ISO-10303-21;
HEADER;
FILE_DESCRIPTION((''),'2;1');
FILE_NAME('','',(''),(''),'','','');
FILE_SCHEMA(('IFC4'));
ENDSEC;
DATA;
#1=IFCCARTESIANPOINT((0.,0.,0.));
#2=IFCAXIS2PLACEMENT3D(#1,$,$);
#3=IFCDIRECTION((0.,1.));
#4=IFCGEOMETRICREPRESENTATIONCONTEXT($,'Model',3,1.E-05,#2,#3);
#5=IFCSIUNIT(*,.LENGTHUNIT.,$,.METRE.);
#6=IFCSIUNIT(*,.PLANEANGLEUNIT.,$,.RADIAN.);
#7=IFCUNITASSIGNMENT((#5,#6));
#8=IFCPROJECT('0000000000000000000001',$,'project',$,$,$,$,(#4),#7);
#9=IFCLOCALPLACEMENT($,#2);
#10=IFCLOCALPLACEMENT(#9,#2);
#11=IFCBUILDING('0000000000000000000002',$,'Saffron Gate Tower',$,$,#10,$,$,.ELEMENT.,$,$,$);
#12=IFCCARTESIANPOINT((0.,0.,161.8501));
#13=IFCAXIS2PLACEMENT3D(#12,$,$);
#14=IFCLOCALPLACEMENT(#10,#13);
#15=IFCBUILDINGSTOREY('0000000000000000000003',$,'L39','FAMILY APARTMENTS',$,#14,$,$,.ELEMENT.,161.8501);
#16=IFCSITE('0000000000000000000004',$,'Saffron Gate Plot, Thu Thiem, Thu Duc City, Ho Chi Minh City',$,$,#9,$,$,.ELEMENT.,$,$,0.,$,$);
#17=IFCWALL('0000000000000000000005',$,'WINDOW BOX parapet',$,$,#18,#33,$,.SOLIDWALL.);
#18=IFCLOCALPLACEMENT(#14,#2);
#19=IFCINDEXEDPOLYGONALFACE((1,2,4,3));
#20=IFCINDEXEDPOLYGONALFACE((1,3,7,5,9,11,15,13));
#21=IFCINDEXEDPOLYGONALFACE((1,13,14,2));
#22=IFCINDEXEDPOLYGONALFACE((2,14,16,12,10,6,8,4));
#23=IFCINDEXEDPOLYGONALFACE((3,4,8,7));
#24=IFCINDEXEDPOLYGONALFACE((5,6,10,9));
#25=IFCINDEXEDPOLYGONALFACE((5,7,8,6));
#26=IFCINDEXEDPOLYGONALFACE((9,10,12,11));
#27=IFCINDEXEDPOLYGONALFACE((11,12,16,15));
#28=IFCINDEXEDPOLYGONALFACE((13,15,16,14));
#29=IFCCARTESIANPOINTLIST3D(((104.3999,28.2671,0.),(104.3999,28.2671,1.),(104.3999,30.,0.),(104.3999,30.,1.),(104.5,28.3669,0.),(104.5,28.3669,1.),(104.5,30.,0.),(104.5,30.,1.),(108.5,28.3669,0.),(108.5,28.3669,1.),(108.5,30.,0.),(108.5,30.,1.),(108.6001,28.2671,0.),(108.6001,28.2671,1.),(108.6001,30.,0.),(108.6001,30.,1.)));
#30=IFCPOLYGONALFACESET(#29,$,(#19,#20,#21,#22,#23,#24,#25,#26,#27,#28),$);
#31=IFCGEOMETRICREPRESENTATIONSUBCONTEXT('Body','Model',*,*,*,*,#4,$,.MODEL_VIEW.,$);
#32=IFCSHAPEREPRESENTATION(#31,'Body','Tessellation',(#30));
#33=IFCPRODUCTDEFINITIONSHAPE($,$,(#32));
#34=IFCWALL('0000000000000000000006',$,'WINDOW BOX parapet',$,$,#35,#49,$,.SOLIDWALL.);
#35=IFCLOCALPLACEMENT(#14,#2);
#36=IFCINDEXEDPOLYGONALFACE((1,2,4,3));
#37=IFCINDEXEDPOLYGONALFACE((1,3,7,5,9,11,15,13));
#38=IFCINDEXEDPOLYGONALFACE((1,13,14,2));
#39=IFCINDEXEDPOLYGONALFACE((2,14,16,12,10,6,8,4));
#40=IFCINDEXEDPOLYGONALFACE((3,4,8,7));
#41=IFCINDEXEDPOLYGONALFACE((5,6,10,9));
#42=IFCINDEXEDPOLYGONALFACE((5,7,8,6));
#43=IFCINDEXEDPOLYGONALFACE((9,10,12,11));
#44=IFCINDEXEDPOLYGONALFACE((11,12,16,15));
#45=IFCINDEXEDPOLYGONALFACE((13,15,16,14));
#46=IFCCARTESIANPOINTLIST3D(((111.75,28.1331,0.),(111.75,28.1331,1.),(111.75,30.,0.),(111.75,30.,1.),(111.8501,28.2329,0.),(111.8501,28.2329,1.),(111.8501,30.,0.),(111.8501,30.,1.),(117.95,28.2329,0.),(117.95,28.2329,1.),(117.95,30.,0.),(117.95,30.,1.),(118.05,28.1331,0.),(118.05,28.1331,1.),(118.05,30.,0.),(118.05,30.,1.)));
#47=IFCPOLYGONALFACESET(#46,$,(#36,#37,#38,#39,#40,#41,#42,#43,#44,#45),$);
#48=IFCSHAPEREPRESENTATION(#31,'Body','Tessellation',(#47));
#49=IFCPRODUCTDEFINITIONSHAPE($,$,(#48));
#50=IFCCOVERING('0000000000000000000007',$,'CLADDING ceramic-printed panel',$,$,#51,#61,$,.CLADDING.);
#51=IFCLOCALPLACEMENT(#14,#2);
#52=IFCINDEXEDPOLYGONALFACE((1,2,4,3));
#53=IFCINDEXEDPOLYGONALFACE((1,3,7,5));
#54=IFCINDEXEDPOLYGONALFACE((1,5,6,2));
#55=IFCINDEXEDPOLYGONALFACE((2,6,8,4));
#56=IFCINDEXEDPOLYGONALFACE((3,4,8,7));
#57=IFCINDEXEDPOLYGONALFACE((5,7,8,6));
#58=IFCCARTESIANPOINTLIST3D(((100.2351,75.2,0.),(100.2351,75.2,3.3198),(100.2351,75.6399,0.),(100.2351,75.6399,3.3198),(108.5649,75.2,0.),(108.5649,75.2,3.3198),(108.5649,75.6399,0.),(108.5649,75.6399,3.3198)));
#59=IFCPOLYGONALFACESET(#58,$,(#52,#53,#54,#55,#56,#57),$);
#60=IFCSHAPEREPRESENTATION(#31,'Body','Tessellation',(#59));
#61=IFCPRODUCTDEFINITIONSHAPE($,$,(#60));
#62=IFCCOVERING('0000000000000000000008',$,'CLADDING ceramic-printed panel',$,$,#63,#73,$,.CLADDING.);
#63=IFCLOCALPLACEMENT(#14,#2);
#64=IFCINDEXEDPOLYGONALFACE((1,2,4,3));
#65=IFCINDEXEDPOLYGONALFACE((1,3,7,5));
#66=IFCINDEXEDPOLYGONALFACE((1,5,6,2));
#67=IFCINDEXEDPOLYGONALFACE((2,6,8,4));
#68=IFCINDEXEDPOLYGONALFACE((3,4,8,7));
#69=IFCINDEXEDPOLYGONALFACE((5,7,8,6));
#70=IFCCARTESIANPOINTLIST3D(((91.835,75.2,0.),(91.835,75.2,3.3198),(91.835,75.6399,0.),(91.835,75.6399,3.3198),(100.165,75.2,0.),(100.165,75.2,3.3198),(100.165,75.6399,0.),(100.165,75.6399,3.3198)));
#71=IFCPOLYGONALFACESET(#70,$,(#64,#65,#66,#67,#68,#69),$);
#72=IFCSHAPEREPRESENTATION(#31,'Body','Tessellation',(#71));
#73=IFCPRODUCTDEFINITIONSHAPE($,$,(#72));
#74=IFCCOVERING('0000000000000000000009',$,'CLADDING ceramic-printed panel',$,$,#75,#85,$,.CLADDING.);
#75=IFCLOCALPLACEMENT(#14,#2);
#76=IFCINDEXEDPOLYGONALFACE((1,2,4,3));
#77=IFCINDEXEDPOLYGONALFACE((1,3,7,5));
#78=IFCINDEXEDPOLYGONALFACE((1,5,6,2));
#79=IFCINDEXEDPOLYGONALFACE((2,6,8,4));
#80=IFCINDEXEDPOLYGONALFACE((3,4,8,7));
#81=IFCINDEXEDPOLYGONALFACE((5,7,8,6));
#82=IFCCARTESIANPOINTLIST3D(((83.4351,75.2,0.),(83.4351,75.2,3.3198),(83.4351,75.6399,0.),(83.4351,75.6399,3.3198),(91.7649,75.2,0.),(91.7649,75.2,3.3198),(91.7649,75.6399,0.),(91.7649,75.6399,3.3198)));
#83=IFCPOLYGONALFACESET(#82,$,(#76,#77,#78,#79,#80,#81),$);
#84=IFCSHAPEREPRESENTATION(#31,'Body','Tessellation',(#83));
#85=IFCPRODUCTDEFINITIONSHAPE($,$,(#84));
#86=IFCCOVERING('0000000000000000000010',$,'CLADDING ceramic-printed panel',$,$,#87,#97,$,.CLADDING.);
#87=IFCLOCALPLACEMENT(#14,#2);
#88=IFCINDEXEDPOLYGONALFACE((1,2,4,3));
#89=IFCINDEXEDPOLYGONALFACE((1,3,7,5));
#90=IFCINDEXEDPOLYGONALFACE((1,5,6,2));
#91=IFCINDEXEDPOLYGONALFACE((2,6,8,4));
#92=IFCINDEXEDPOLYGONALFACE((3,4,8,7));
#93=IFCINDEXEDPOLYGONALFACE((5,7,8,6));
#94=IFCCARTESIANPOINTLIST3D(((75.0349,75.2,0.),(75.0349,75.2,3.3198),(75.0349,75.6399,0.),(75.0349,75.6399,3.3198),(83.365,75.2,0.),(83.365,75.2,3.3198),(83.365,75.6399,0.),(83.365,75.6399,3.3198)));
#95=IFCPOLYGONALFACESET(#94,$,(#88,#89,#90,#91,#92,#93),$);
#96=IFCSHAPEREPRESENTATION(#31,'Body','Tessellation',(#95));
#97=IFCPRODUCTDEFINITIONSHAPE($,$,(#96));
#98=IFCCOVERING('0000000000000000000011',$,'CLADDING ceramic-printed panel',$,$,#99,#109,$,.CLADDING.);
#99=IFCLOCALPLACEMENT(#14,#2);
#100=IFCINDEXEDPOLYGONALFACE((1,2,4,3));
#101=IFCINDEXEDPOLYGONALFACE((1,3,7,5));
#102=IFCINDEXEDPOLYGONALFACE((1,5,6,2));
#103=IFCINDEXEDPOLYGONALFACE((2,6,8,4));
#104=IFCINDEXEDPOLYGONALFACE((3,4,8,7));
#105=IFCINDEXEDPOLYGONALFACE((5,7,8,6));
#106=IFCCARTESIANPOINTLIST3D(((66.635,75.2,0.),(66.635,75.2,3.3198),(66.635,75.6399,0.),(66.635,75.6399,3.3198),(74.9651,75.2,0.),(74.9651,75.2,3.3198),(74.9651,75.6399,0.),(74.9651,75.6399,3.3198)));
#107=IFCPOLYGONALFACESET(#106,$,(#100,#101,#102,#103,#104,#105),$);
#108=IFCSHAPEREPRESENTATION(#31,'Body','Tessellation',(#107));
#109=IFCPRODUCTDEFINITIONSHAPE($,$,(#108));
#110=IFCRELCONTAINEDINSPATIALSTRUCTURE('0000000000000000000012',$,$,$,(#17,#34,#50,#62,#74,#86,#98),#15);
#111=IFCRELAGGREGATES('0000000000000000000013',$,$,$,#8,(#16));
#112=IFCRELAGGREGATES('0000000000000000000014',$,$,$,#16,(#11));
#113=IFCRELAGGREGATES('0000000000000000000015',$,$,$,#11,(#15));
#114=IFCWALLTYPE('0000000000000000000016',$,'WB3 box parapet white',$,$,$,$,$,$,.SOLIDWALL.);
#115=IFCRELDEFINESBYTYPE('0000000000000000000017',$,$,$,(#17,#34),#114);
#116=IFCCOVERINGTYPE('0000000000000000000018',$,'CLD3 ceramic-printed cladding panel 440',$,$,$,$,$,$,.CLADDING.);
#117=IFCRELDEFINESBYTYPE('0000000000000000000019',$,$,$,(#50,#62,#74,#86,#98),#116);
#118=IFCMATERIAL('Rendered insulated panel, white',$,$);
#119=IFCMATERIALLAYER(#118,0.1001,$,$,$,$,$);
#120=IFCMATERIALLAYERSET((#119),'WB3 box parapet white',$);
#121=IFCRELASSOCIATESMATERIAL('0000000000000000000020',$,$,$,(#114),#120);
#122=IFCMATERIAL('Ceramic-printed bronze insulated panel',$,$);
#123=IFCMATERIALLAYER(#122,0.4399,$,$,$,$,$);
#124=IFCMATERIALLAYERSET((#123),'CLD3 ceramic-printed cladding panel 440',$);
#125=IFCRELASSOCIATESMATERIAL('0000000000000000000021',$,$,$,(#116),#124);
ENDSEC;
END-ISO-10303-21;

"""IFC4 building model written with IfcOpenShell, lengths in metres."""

from ifc_helpers import new_model, si_unit, direction, frame, origin, place, context, subcontext, project, spatial, polyline, outline, extrude, material, layer, layer_set, type_object, element, save


model = new_model("IFC4")

# Units and contexts
model_context = context("Model", 3, precision=1e-05, world=origin(), true_north=direction((0.0, 1.0)))
body_context = subcontext(model_context, "Body", "Model", "MODEL_VIEW")
ifc_project = project(units=[si_unit("LENGTHUNIT", "METRE"), si_unit("PLANEANGLEUNIT", "RADIAN")], contexts=[model_context])

# Site, building, storey
site_placement = place(None, origin())
site = spatial("IfcSite", under=ifc_project, at=site_placement, Name="Saffron Gate Plot, Thu Thiem, Thu Duc City, Ho Chi Minh City", CompositionType="ELEMENT", RefElevation=0.0)
building_placement = place(site_placement, origin())
building = spatial("IfcBuilding", under=site, at=building_placement, Name="Saffron Gate Tower", CompositionType="ELEMENT")
storey_placement = place(building_placement, frame((0.0, 0.0, 161.8501)))
storey = spatial("IfcBuildingStorey", under=building, at=storey_placement, Name="L39", Description="FAMILY APARTMENTS", CompositionType="ELEMENT", Elevation=161.8501)

# Walls
ifc_material_1 = material(Name="Rendered insulated panel, white")
ifc_layer_1 = layer(ifc_material_1, 0.1001)
ifc_layer_set_1 = layer_set([ifc_layer_1], Name="WB3 box parapet white")
wall_type = type_object("IfcWallType", Name="WB3 box parapet white", PredefinedType="SOLIDWALL", material=ifc_layer_set_1)
wall_1_placement = place(storey_placement, origin())
element("IfcWall", 1, at=wall_1_placement, inside=storey, type_object=wall_type, Name="WINDOW BOX parapet", PredefinedType="SOLIDWALL", context=body_context, shape_type="SweptSolid", body=[
    extrude(outline(polyline([(104.3999, 30.0), (104.5, 30.0), (104.5, 28.3669), (108.5, 28.3669), (108.5, 30.0), (108.6001, 30.0), (108.6001, 28.2671), (104.3999, 28.2671), (104.3999, 30.0)])), origin(), (0.0, 0.0, 1.0), 1.0),
])
wall_2_placement = place(storey_placement, origin())
element("IfcWall", 2, at=wall_2_placement, inside=storey, type_object=wall_type, Name="WINDOW BOX parapet", PredefinedType="SOLIDWALL", context=body_context, shape_type="SweptSolid", body=[
    extrude(outline(polyline([(111.75, 30.0), (111.8501, 30.0), (111.8501, 28.2329), (117.95, 28.2329), (117.95, 30.0), (118.05, 30.0), (118.05, 28.1331), (111.75, 28.1331), (111.75, 30.0)])), origin(), (0.0, 0.0, 1.0), 1.0),
])

# Coverings
ifc_material_2 = material(Name="Ceramic-printed bronze insulated panel")
ifc_layer_2 = layer(ifc_material_2, 0.4399)
ifc_layer_set_2 = layer_set([ifc_layer_2], Name="CLD3 ceramic-printed cladding panel 440")
covering_type = type_object("IfcCoveringType", Name="CLD3 ceramic-printed cladding panel 440", PredefinedType="CLADDING", material=ifc_layer_set_2)
covering_1_placement = place(storey_placement, origin())
element("IfcCovering", 3, at=covering_1_placement, inside=storey, type_object=covering_type, Name="CLADDING ceramic-printed panel", PredefinedType="CLADDING", context=body_context, shape_type="SweptSolid", body=[
    extrude(outline(polyline([(108.5649, 75.6399), (100.2351, 75.6399), (100.2351, 75.2), (108.5649, 75.2), (108.5649, 75.6399)])), origin(), (0.0, 0.0, 1.0), 3.3198),
])
covering_2_placement = place(storey_placement, origin())
element("IfcCovering", 4, at=covering_2_placement, inside=storey, type_object=covering_type, Name="CLADDING ceramic-printed panel", PredefinedType="CLADDING", context=body_context, shape_type="SweptSolid", body=[
    extrude(outline(polyline([(100.165, 75.6399), (91.835, 75.6399), (91.835, 75.2), (100.165, 75.2), (100.165, 75.6399)])), origin(), (0.0, 0.0, 1.0), 3.3198),
])
covering_3_placement = place(storey_placement, origin())
element("IfcCovering", 5, at=covering_3_placement, inside=storey, type_object=covering_type, Name="CLADDING ceramic-printed panel", PredefinedType="CLADDING", context=body_context, shape_type="SweptSolid", body=[
    extrude(outline(polyline([(91.7649, 75.6399), (83.4351, 75.6399), (83.4351, 75.2), (91.7649, 75.2), (91.7649, 75.6399)])), origin(), (0.0, 0.0, 1.0), 3.3198),
])
covering_4_placement = place(storey_placement, origin())
element("IfcCovering", 6, at=covering_4_placement, inside=storey, type_object=covering_type, Name="CLADDING ceramic-printed panel", PredefinedType="CLADDING", context=body_context, shape_type="SweptSolid", body=[
    extrude(outline(polyline([(83.365, 75.6399), (75.0349, 75.6399), (75.0349, 75.2), (83.365, 75.2), (83.365, 75.6399)])), origin(), (0.0, 0.0, 1.0), 3.3198),
])
covering_5_placement = place(storey_placement, origin())
element("IfcCovering", 7, at=covering_5_placement, inside=storey, type_object=covering_type, Name="CLADDING ceramic-printed panel", PredefinedType="CLADDING", context=body_context, shape_type="SweptSolid", body=[
    extrude(outline(polyline([(74.9651, 75.6399), (66.635, 75.6399), (66.635, 75.2), (74.9651, 75.2), (74.9651, 75.6399)])), origin(), (0.0, 0.0, 1.0), 3.3198),
])

save(model, "model.ifc")
